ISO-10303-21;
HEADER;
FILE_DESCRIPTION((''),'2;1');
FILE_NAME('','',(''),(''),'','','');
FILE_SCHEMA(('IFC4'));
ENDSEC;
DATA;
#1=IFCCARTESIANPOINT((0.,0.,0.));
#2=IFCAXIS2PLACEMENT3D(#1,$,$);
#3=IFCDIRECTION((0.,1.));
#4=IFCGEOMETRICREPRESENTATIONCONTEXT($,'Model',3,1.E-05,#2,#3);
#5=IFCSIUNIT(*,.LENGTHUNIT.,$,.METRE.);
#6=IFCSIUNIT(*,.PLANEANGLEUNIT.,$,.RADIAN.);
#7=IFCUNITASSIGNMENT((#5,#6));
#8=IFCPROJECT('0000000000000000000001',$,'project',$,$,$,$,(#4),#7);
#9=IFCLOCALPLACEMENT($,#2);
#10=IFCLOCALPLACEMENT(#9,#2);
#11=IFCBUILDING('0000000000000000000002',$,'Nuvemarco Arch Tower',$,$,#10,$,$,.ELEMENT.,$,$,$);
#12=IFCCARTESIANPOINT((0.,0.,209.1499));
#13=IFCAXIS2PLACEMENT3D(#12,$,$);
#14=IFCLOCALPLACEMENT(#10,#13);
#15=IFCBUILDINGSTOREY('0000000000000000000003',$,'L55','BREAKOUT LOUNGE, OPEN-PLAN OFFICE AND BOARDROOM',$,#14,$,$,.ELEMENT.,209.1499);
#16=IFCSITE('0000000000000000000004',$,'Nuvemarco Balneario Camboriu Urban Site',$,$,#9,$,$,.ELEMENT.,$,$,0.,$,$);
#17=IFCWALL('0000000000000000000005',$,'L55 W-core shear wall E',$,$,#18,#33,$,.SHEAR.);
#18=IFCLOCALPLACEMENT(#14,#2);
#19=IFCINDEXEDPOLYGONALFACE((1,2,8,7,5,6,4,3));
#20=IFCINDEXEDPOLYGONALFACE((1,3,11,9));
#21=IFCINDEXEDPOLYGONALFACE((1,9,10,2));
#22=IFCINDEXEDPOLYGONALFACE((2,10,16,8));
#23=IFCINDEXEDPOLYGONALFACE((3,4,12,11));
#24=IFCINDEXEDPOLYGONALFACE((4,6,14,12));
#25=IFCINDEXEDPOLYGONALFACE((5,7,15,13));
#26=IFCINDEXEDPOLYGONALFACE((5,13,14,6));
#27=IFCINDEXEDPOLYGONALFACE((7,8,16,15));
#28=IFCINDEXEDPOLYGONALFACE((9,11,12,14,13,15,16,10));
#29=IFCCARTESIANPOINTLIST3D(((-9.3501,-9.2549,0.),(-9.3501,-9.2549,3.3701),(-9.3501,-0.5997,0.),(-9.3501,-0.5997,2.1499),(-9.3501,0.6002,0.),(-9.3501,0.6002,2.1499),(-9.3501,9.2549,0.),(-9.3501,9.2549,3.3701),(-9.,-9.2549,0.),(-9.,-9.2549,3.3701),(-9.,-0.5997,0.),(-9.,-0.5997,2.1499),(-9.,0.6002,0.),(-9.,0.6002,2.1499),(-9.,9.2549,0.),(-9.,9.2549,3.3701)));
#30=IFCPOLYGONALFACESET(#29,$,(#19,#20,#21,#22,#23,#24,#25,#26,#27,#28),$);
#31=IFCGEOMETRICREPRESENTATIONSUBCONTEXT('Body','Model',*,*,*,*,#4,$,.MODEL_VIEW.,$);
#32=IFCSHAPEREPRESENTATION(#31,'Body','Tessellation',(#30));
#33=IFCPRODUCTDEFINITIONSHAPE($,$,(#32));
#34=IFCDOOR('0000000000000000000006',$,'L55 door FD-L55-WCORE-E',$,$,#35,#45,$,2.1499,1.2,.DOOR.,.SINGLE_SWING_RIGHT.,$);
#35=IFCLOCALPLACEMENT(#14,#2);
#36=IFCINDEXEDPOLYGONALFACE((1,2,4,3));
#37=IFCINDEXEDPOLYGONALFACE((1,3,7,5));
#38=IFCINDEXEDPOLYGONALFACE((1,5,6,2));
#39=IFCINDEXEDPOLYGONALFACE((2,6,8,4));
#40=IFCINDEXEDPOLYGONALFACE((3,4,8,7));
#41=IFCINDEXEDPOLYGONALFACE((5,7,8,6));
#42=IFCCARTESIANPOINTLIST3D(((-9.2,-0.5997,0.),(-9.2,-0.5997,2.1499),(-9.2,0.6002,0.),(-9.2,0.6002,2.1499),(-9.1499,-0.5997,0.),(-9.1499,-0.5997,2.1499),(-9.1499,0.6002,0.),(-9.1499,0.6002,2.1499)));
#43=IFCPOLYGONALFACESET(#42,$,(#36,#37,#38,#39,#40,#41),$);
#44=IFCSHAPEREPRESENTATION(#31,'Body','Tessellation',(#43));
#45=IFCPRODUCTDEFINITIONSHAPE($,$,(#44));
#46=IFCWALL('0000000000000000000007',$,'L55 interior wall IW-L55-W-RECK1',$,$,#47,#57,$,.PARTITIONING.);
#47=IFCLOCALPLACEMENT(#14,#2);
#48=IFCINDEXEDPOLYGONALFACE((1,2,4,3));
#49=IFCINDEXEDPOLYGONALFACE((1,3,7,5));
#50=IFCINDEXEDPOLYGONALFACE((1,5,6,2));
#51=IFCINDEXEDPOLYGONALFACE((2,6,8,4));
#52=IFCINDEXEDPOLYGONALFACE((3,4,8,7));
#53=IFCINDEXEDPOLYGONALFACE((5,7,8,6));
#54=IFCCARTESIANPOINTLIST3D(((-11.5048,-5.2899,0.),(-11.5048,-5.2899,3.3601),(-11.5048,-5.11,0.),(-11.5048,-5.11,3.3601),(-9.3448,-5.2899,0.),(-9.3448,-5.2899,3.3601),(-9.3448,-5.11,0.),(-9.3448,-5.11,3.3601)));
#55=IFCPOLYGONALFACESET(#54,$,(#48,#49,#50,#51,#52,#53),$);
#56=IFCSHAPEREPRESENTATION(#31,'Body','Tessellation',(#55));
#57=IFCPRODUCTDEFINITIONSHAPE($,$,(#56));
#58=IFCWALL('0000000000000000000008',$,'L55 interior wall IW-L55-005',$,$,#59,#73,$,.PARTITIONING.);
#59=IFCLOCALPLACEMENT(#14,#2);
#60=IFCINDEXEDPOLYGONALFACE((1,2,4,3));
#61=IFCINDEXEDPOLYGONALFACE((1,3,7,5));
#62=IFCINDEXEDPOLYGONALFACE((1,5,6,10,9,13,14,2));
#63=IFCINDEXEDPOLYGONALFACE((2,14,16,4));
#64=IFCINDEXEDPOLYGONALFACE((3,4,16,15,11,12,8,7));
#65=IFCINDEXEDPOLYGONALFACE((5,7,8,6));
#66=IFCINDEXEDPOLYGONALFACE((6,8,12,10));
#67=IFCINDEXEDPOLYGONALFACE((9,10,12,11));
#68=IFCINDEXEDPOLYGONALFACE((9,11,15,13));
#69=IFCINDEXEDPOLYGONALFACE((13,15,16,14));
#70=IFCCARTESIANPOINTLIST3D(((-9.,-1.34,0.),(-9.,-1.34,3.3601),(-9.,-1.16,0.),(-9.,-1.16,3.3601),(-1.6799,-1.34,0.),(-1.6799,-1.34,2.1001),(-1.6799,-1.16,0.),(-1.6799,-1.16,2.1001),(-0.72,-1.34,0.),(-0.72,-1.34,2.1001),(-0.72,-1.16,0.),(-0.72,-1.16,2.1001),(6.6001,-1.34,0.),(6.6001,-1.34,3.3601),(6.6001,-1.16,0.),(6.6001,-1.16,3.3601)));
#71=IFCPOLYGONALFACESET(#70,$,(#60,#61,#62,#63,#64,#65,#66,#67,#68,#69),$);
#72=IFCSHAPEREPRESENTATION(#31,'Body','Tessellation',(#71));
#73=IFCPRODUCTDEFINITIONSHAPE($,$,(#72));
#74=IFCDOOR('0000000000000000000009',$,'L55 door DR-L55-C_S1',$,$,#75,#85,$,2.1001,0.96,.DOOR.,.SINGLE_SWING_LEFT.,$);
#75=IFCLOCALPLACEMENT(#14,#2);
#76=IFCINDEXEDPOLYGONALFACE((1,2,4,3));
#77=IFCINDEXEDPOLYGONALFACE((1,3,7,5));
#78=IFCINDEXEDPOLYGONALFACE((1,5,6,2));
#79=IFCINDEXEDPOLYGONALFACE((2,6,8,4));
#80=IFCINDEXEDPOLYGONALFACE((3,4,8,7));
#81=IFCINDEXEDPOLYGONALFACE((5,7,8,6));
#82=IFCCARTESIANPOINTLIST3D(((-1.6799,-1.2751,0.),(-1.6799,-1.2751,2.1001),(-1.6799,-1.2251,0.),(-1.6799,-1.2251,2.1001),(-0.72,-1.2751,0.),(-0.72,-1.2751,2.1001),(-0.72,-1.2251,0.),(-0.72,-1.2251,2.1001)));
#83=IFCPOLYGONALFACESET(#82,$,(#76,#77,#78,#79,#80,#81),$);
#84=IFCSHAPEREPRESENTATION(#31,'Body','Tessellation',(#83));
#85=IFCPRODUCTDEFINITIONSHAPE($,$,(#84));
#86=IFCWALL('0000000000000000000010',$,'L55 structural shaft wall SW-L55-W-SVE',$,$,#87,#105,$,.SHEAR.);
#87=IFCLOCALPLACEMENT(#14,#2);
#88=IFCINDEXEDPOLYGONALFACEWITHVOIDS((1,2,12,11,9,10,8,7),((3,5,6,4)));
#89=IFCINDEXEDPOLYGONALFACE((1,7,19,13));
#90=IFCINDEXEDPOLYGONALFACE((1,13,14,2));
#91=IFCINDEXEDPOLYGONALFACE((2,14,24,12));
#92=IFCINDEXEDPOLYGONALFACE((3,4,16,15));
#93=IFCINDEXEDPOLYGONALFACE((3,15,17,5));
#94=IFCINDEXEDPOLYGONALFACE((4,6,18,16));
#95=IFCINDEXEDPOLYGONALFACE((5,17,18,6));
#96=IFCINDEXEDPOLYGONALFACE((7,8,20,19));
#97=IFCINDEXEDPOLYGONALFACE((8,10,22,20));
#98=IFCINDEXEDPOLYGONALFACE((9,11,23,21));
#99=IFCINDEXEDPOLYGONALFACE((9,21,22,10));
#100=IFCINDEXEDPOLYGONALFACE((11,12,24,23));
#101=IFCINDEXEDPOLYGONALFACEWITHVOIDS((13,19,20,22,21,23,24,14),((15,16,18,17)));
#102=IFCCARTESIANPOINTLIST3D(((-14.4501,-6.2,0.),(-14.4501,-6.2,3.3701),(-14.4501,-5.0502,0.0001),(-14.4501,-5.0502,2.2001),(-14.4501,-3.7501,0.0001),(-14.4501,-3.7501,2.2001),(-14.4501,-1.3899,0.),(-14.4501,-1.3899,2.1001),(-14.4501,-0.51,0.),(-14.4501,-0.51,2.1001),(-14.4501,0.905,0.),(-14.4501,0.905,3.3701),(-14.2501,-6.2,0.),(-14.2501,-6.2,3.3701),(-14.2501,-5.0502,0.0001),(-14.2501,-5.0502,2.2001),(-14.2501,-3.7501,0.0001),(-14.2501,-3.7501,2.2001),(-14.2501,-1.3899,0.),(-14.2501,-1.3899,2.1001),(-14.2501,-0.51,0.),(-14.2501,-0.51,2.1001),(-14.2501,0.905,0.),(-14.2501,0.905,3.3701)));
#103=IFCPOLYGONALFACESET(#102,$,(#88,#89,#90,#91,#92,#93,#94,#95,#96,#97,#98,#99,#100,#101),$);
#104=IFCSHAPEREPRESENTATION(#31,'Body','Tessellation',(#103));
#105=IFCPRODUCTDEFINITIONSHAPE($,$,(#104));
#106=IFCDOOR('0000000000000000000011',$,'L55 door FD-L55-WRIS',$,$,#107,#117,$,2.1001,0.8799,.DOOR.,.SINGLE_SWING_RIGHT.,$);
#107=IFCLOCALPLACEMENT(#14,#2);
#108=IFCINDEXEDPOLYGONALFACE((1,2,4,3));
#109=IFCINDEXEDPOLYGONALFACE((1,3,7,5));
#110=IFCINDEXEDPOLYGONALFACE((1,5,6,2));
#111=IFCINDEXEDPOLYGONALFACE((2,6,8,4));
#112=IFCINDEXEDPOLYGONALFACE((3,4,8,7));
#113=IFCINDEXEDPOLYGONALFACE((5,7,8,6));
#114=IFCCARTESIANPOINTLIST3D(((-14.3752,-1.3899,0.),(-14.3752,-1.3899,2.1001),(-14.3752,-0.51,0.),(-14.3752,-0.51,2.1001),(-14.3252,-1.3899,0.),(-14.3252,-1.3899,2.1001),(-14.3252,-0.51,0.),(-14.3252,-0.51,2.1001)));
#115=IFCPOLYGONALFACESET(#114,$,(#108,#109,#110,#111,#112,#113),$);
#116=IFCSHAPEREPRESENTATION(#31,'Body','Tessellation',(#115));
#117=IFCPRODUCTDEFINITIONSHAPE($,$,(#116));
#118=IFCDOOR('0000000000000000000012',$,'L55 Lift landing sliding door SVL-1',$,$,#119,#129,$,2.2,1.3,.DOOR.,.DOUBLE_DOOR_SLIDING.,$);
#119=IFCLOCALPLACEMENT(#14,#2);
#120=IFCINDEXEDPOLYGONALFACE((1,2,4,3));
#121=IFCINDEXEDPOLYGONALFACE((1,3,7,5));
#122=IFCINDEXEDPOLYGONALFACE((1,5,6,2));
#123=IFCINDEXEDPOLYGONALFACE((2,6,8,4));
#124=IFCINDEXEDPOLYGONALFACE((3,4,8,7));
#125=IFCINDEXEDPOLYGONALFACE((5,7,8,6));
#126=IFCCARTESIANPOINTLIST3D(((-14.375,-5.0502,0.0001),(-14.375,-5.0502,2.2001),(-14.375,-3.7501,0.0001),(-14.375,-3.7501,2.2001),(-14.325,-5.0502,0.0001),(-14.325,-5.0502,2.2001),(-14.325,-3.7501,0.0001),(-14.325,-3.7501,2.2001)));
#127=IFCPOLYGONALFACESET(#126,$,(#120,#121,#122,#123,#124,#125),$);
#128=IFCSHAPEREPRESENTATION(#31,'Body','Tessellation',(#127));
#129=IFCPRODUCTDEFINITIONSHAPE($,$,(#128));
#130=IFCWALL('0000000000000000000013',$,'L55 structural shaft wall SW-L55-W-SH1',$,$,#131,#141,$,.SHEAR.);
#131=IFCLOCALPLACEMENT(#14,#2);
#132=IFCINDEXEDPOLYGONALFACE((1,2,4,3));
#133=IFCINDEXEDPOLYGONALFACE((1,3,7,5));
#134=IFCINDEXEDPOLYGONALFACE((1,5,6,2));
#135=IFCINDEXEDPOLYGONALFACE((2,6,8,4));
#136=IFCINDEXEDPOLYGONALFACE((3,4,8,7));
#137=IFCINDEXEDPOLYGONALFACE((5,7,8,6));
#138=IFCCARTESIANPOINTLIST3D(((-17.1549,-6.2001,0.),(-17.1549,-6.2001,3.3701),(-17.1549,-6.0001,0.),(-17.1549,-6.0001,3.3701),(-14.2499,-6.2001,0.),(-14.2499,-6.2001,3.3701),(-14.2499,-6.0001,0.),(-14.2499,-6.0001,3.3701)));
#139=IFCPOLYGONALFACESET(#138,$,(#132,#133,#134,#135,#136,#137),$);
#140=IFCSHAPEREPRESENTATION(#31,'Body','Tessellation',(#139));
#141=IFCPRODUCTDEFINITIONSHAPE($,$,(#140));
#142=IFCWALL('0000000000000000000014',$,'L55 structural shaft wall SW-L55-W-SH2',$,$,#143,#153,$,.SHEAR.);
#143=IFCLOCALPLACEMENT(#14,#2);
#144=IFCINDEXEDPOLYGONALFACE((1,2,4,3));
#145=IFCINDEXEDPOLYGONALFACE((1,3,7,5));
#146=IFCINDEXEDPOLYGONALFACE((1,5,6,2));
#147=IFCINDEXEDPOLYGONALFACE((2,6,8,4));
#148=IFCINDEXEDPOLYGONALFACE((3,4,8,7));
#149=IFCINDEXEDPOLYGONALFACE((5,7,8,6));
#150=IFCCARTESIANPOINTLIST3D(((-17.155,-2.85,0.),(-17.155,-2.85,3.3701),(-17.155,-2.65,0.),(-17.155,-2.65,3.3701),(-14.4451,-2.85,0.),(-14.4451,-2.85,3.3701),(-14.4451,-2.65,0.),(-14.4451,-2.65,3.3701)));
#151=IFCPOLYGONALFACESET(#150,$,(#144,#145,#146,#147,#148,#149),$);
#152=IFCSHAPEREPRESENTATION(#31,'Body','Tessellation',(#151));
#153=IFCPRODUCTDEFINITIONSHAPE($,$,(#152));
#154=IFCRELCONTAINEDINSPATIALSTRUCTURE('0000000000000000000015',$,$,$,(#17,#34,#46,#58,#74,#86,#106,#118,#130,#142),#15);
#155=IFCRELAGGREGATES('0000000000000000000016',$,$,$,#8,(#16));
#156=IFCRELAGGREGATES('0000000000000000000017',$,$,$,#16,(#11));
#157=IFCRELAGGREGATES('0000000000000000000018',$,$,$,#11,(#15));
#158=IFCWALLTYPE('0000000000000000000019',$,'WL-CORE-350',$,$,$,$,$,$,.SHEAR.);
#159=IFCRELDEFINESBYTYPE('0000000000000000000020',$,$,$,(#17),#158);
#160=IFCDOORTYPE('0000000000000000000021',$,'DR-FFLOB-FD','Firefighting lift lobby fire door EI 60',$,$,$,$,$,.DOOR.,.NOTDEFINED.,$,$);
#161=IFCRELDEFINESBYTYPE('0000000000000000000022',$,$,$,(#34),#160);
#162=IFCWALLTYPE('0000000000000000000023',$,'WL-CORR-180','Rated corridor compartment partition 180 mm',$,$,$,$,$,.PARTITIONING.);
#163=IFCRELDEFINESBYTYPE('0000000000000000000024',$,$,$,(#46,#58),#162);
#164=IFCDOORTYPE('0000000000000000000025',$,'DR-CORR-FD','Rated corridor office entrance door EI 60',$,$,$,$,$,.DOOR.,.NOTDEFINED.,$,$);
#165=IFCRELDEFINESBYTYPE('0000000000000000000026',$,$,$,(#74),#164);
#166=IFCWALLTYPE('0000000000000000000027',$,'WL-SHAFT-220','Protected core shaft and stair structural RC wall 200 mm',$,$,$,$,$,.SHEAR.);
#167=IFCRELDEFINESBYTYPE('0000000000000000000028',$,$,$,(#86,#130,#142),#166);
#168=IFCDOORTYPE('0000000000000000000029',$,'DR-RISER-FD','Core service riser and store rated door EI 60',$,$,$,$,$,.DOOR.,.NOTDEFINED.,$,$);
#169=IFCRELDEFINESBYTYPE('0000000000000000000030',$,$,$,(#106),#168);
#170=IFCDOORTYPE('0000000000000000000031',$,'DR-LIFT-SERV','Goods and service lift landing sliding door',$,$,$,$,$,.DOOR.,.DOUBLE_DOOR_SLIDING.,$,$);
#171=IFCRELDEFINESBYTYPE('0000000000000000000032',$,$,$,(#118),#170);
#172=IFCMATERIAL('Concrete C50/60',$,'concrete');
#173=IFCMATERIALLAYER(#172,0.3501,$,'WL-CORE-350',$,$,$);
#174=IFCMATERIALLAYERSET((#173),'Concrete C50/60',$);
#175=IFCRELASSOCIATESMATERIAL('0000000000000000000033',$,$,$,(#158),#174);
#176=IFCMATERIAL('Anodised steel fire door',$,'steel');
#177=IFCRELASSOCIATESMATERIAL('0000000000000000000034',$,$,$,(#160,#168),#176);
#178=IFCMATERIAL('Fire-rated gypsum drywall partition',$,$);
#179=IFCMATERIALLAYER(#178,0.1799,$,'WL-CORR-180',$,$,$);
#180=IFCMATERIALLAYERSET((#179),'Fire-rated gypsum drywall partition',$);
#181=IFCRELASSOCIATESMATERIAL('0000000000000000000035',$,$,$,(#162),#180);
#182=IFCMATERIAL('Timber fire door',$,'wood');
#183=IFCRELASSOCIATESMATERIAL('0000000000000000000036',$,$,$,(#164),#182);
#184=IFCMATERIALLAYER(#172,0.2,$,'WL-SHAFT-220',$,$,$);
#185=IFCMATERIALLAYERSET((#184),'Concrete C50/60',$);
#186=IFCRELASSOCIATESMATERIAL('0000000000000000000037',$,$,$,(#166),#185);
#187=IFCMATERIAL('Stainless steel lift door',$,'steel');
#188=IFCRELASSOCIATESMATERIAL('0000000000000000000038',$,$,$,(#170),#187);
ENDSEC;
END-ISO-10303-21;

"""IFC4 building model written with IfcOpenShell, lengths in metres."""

from ifc_helpers import new_model, si_unit, direction, frame, frame_2d, origin, place, context, subcontext, project, spatial, rectangle, extrude, source, transform, mapped, material, layer, layer_set, type_object, type_shapes, element, fill, save


model = new_model("IFC4")

# Units and contexts
model_context = context("Model", 3, precision=1e-05, world=origin(), true_north=direction((0.0, 1.0)))
body_context = subcontext(model_context, "Body", "Model", "MODEL_VIEW")
ifc_project = project(units=[si_unit("LENGTHUNIT", "METRE"), si_unit("PLANEANGLEUNIT", "RADIAN")], contexts=[model_context])

# Site, building, storey
site_placement = place(None, origin())
site = spatial("IfcSite", under=ifc_project, at=site_placement, Name="Nuvemarco Balneario Camboriu Urban Site", CompositionType="ELEMENT", RefElevation=0.0)
building_placement = place(site_placement, origin())
building = spatial("IfcBuilding", under=site, at=building_placement, Name="Nuvemarco Arch Tower", CompositionType="ELEMENT")
storey_placement = place(building_placement, frame((0.0, 0.0, 209.1499)))
storey = spatial("IfcBuildingStorey", under=building, at=storey_placement, Name="L55", Description="BREAKOUT LOUNGE, OPEN-PLAN OFFICE AND BOARDROOM", CompositionType="ELEMENT", Elevation=209.1499)

# Shared definitions
ifc_material_1 = material(Name="Concrete C50/60", Category="concrete")

# Shared definitions
ifc_layer_1 = layer(ifc_material_1, 0.3501, Name="WL-CORE-350")
ifc_layer_set_1 = layer_set([ifc_layer_1], Name="Concrete C50/60")
wall_type_1 = type_object("IfcWallType", Name="WL-CORE-350", PredefinedType="SHEAR", material=ifc_layer_set_1)

# Wall, opening, door
wall_1_placement = place(storey_placement, frame((-9.175, -9.2549, 0.0), z_axis=(0.0, 0.0, 1.0), x_axis=(0.0, 1.0, 0.0)))
wall_1 = element("IfcWall", 1, at=wall_1_placement, inside=storey, type_object=wall_type_1, Name="L55 W-core shear wall E", PredefinedType="SHEAR", context=body_context, shape_type="SweptSolid", body=[
    extrude(rectangle(XDim=18.5098, YDim=0.3501, at=frame_2d((9.2549, 0.0))), origin(), (0.0, 0.0, 1.0), 3.3701),
])
opening_1_placement = place(wall_1_placement, frame((8.655, 0.0, 0.0)))
opening_1 = element("IfcOpeningElement", 2, at=opening_1_placement, cuts=wall_1, PredefinedType="OPENING", context=body_context, shape_type="SweptSolid", body=[
    extrude(rectangle(XDim=1.2, YDim=2.1499, at=frame_2d((0.6001, 1.075))), frame((0.0, 0.1851, 0.0), z_axis=(0.0, -1.0, 0.0), x_axis=(1.0, 0.0, 0.0)), (0.0, 0.0, 1.0), 0.3701),
])
ifc_material_2 = material(Name="Anodised steel fire door", Category="steel")
door_type_1 = type_object("IfcDoorType", Name="DR-FFLOB-FD", Description="Firefighting lift lobby fire door EI 60", OperationType="NOTDEFINED", PredefinedType="DOOR", material=ifc_material_2)
shared_shape_1 = source(origin(), body_context, "Body", "SweptSolid", [
    extrude(rectangle(XDim=1.2, YDim=2.1499, at=frame_2d((0.6001, 1.075))), frame((0.0, 0.0249, 0.0), z_axis=(0.0, -1.0, 0.0), x_axis=(1.0, 0.0, 0.0)), (0.0, 0.0, 1.0), 0.05),
])
type_shapes(door_type_1, [shared_shape_1])
door_1_placement = place(opening_1_placement, origin())
door_1 = element("IfcDoor", 3, at=door_1_placement, inside=storey, type_object=door_type_1, Name="L55 door FD-L55-WCORE-E", OperationType="SINGLE_SWING_RIGHT", OverallHeight=2.1499, OverallWidth=1.2, PredefinedType="DOOR", context=body_context, shape_type="MappedRepresentation", body=[
    mapped(shared_shape_1, transform((0.0, 0.0, 0.0), scale=1.0)),
])
fill(opening_1, door_1)

# Wall
ifc_material_3 = material(Name="Fire-rated gypsum drywall partition")
ifc_layer_2 = layer(ifc_material_3, 0.1799, Name="WL-CORR-180")
ifc_layer_set_2 = layer_set([ifc_layer_2], Name="Fire-rated gypsum drywall partition")
wall_type_2 = type_object("IfcWallType", Name="WL-CORR-180", Description="Rated corridor compartment partition 180 mm", PredefinedType="PARTITIONING", material=ifc_layer_set_2)
wall_2_placement = place(storey_placement, frame((-11.5049, -5.2, 0.0), z_axis=(0.0, 0.0, 1.0), x_axis=(1.0, 0.0, 0.0)))
element("IfcWall", 4, at=wall_2_placement, inside=storey, type_object=wall_type_2, Name="L55 interior wall IW-L55-W-RECK1", PredefinedType="PARTITIONING", context=body_context, shape_type="SweptSolid", body=[
    extrude(rectangle(XDim=2.1599, YDim=0.1799, at=frame_2d((1.0801, 0.0))), origin(), (0.0, 0.0, 1.0), 3.3601),
])

# Wall, opening, door
wall_3_placement = place(storey_placement, frame((-9.0, -1.25, 0.0), z_axis=(0.0, 0.0, 1.0), x_axis=(1.0, 0.0, 0.0)))
wall_3 = element("IfcWall", 5, at=wall_3_placement, inside=storey, type_object=wall_type_2, Name="L55 interior wall IW-L55-005", PredefinedType="PARTITIONING", context=body_context, shape_type="SweptSolid", body=[
    extrude(rectangle(XDim=15.6001, YDim=0.1799, at=frame_2d((7.8, 0.0))), origin(), (0.0, 0.0, 1.0), 3.3601),
])
opening_2_placement = place(wall_3_placement, frame((7.3201, 0.0, 0.0)))
opening_2 = element("IfcOpeningElement", 6, at=opening_2_placement, cuts=wall_3, PredefinedType="OPENING", context=body_context, shape_type="SweptSolid", body=[
    extrude(rectangle(XDim=0.96, YDim=2.1001, at=frame_2d((0.48, 1.05))), frame((0.0, 0.0999, 0.0), z_axis=(0.0, -1.0, 0.0), x_axis=(1.0, 0.0, 0.0)), (0.0, 0.0, 1.0), 0.2),
])
ifc_material_4 = material(Name="Timber fire door", Category="wood")
door_type_2 = type_object("IfcDoorType", Name="DR-CORR-FD", Description="Rated corridor office entrance door EI 60", OperationType="NOTDEFINED", PredefinedType="DOOR", material=ifc_material_4)
shared_shape_2 = source(origin(), body_context, "Body", "SweptSolid", [
    extrude(rectangle(XDim=0.96, YDim=2.1001, at=frame_2d((0.48, 1.05))), frame((0.0, 0.0249, 0.0), z_axis=(0.0, -1.0, 0.0), x_axis=(1.0, 0.0, 0.0)), (0.0, 0.0, 1.0), 0.05),
])
type_shapes(door_type_2, [shared_shape_2])
door_2_placement = place(opening_2_placement, origin())
door_2 = element("IfcDoor", 7, at=door_2_placement, inside=storey, type_object=door_type_2, Name="L55 door DR-L55-C_S1", OperationType="SINGLE_SWING_LEFT", OverallHeight=2.1001, OverallWidth=0.96, PredefinedType="DOOR", context=body_context, shape_type="MappedRepresentation", body=[
    mapped(shared_shape_2, transform((0.0, 0.0, 0.0), scale=1.0)),
])
fill(opening_2, door_2)
ifc_layer_3 = layer(ifc_material_1, 0.2, Name="WL-SHAFT-220")
ifc_layer_set_3 = layer_set([ifc_layer_3], Name="Concrete C50/60")
wall_type_3 = type_object("IfcWallType", Name="WL-SHAFT-220", Description="Protected core shaft and stair structural RC wall 200 mm", PredefinedType="SHEAR", material=ifc_layer_set_3)
ifc_material_5 = material(Name="Stainless steel lift door", Category="steel")

# Wall, openings, doors
wall_4_placement = place(storey_placement, frame((-14.3501, -6.2, 0.0), z_axis=(0.0, 0.0, 1.0), x_axis=(0.0, 1.0, 0.0)))
wall_4 = element("IfcWall", 8, at=wall_4_placement, inside=storey, type_object=wall_type_3, Name="L55 structural shaft wall SW-L55-W-SVE", PredefinedType="SHEAR", context=body_context, shape_type="SweptSolid", body=[
    extrude(rectangle(XDim=7.105, YDim=0.2, at=frame_2d((3.5525, 0.0))), origin(), (0.0, 0.0, 1.0), 3.3701),
])
opening_3_placement = place(wall_4_placement, frame((5.6899, 0.0, 0.0), z_axis=(0.0, 0.0, 1.0), x_axis=(-1.0, 0.0, 0.0)))
opening_3 = element("IfcOpeningElement", 9, at=opening_3_placement, cuts=wall_4, PredefinedType="OPENING", context=body_context, shape_type="SweptSolid", body=[
    extrude(rectangle(XDim=0.8799, YDim=2.1001, at=frame_2d((0.4399, 1.05))), frame((0.0, 0.1099, 0.0), z_axis=(0.0, -1.0, 0.0), x_axis=(1.0, 0.0, 0.0)), (0.0, 0.0, 1.0), 0.22),
])
opening_4_placement = place(wall_4_placement, frame((1.1499, 0.0, 0.0)))
opening_4 = element("IfcOpeningElement", 10, at=opening_4_placement, cuts=wall_4, PredefinedType="OPENING", context=body_context, shape_type="SweptSolid", body=[
    extrude(rectangle(XDim=1.3, YDim=2.2, at=frame_2d((0.6499, 1.1001))), frame((0.0, 0.1099, 0.0), z_axis=(0.0, -1.0, 0.0), x_axis=(1.0, 0.0, 0.0)), (0.0, 0.0, 1.0), 0.22),
])
door_type_3 = type_object("IfcDoorType", Name="DR-RISER-FD", Description="Core service riser and store rated door EI 60", OperationType="NOTDEFINED", PredefinedType="DOOR", material=ifc_material_2)
shared_shape_3 = source(origin(), body_context, "Body", "SweptSolid", [
    extrude(rectangle(XDim=0.8799, YDim=2.1001, at=frame_2d((0.4399, 1.05))), frame((0.0, 0.0249, 0.0), z_axis=(0.0, -1.0, 0.0), x_axis=(1.0, 0.0, 0.0)), (0.0, 0.0, 1.0), 0.05),
])
type_shapes(door_type_3, [shared_shape_3])
door_3_placement = place(opening_3_placement, origin())
door_3 = element("IfcDoor", 11, at=door_3_placement, inside=storey, type_object=door_type_3, Name="L55 door FD-L55-WRIS", OperationType="SINGLE_SWING_RIGHT", OverallHeight=2.1001, OverallWidth=0.8799, PredefinedType="DOOR", context=body_context, shape_type="MappedRepresentation", body=[
    mapped(shared_shape_3, transform((0.0, 0.0, 0.0), scale=1.0)),
])
fill(opening_3, door_3)
door_type_4 = type_object("IfcDoorType", Name="DR-LIFT-SERV", Description="Goods and service lift landing sliding door", OperationType="DOUBLE_DOOR_SLIDING", PredefinedType="DOOR", material=ifc_material_5)
shared_shape_4 = source(origin(), body_context, "Body", "SweptSolid", [
    extrude(rectangle(XDim=1.3, YDim=2.2, at=frame_2d((0.6499, 1.1001))), frame((0.0, 0.0249, 0.0), z_axis=(0.0, -1.0, 0.0), x_axis=(1.0, 0.0, 0.0)), (0.0, 0.0, 1.0), 0.05),
])
type_shapes(door_type_4, [shared_shape_4])
door_4_placement = place(opening_4_placement, origin())
door_4 = element("IfcDoor", 12, at=door_4_placement, inside=storey, type_object=door_type_4, Name="L55 Lift landing sliding door SVL-1", OperationType="DOUBLE_DOOR_SLIDING", OverallHeight=2.2, OverallWidth=1.3, PredefinedType="DOOR", context=body_context, shape_type="MappedRepresentation", body=[
    mapped(shared_shape_4, transform((0.0, 0.0, 0.0), scale=1.0)),
])
fill(opening_4, door_4)

# Walls
wall_5_placement = place(storey_placement, frame((-17.155, -6.1001, 0.0), z_axis=(0.0, 0.0, 1.0), x_axis=(1.0, 0.0, 0.0)))
element("IfcWall", 13, at=wall_5_placement, inside=storey, type_object=wall_type_3, Name="L55 structural shaft wall SW-L55-W-SH1", PredefinedType="SHEAR", context=body_context, shape_type="SweptSolid", body=[
    extrude(rectangle(XDim=2.905, YDim=0.2, at=frame_2d((1.4526, 0.0))), origin(), (0.0, 0.0, 1.0), 3.3701),
])
wall_6_placement = place(storey_placement, frame((-17.155, -2.75, 0.0), z_axis=(0.0, 0.0, 1.0), x_axis=(1.0, 0.0, 0.0)))
element("IfcWall", 14, at=wall_6_placement, inside=storey, type_object=wall_type_3, Name="L55 structural shaft wall SW-L55-W-SH2", PredefinedType="SHEAR", context=body_context, shape_type="SweptSolid", body=[
    extrude(rectangle(XDim=2.71, YDim=0.2, at=frame_2d((1.355, 0.0))), origin(), (0.0, 0.0, 1.0), 3.3701),
])

save(model, "model.ifc")
